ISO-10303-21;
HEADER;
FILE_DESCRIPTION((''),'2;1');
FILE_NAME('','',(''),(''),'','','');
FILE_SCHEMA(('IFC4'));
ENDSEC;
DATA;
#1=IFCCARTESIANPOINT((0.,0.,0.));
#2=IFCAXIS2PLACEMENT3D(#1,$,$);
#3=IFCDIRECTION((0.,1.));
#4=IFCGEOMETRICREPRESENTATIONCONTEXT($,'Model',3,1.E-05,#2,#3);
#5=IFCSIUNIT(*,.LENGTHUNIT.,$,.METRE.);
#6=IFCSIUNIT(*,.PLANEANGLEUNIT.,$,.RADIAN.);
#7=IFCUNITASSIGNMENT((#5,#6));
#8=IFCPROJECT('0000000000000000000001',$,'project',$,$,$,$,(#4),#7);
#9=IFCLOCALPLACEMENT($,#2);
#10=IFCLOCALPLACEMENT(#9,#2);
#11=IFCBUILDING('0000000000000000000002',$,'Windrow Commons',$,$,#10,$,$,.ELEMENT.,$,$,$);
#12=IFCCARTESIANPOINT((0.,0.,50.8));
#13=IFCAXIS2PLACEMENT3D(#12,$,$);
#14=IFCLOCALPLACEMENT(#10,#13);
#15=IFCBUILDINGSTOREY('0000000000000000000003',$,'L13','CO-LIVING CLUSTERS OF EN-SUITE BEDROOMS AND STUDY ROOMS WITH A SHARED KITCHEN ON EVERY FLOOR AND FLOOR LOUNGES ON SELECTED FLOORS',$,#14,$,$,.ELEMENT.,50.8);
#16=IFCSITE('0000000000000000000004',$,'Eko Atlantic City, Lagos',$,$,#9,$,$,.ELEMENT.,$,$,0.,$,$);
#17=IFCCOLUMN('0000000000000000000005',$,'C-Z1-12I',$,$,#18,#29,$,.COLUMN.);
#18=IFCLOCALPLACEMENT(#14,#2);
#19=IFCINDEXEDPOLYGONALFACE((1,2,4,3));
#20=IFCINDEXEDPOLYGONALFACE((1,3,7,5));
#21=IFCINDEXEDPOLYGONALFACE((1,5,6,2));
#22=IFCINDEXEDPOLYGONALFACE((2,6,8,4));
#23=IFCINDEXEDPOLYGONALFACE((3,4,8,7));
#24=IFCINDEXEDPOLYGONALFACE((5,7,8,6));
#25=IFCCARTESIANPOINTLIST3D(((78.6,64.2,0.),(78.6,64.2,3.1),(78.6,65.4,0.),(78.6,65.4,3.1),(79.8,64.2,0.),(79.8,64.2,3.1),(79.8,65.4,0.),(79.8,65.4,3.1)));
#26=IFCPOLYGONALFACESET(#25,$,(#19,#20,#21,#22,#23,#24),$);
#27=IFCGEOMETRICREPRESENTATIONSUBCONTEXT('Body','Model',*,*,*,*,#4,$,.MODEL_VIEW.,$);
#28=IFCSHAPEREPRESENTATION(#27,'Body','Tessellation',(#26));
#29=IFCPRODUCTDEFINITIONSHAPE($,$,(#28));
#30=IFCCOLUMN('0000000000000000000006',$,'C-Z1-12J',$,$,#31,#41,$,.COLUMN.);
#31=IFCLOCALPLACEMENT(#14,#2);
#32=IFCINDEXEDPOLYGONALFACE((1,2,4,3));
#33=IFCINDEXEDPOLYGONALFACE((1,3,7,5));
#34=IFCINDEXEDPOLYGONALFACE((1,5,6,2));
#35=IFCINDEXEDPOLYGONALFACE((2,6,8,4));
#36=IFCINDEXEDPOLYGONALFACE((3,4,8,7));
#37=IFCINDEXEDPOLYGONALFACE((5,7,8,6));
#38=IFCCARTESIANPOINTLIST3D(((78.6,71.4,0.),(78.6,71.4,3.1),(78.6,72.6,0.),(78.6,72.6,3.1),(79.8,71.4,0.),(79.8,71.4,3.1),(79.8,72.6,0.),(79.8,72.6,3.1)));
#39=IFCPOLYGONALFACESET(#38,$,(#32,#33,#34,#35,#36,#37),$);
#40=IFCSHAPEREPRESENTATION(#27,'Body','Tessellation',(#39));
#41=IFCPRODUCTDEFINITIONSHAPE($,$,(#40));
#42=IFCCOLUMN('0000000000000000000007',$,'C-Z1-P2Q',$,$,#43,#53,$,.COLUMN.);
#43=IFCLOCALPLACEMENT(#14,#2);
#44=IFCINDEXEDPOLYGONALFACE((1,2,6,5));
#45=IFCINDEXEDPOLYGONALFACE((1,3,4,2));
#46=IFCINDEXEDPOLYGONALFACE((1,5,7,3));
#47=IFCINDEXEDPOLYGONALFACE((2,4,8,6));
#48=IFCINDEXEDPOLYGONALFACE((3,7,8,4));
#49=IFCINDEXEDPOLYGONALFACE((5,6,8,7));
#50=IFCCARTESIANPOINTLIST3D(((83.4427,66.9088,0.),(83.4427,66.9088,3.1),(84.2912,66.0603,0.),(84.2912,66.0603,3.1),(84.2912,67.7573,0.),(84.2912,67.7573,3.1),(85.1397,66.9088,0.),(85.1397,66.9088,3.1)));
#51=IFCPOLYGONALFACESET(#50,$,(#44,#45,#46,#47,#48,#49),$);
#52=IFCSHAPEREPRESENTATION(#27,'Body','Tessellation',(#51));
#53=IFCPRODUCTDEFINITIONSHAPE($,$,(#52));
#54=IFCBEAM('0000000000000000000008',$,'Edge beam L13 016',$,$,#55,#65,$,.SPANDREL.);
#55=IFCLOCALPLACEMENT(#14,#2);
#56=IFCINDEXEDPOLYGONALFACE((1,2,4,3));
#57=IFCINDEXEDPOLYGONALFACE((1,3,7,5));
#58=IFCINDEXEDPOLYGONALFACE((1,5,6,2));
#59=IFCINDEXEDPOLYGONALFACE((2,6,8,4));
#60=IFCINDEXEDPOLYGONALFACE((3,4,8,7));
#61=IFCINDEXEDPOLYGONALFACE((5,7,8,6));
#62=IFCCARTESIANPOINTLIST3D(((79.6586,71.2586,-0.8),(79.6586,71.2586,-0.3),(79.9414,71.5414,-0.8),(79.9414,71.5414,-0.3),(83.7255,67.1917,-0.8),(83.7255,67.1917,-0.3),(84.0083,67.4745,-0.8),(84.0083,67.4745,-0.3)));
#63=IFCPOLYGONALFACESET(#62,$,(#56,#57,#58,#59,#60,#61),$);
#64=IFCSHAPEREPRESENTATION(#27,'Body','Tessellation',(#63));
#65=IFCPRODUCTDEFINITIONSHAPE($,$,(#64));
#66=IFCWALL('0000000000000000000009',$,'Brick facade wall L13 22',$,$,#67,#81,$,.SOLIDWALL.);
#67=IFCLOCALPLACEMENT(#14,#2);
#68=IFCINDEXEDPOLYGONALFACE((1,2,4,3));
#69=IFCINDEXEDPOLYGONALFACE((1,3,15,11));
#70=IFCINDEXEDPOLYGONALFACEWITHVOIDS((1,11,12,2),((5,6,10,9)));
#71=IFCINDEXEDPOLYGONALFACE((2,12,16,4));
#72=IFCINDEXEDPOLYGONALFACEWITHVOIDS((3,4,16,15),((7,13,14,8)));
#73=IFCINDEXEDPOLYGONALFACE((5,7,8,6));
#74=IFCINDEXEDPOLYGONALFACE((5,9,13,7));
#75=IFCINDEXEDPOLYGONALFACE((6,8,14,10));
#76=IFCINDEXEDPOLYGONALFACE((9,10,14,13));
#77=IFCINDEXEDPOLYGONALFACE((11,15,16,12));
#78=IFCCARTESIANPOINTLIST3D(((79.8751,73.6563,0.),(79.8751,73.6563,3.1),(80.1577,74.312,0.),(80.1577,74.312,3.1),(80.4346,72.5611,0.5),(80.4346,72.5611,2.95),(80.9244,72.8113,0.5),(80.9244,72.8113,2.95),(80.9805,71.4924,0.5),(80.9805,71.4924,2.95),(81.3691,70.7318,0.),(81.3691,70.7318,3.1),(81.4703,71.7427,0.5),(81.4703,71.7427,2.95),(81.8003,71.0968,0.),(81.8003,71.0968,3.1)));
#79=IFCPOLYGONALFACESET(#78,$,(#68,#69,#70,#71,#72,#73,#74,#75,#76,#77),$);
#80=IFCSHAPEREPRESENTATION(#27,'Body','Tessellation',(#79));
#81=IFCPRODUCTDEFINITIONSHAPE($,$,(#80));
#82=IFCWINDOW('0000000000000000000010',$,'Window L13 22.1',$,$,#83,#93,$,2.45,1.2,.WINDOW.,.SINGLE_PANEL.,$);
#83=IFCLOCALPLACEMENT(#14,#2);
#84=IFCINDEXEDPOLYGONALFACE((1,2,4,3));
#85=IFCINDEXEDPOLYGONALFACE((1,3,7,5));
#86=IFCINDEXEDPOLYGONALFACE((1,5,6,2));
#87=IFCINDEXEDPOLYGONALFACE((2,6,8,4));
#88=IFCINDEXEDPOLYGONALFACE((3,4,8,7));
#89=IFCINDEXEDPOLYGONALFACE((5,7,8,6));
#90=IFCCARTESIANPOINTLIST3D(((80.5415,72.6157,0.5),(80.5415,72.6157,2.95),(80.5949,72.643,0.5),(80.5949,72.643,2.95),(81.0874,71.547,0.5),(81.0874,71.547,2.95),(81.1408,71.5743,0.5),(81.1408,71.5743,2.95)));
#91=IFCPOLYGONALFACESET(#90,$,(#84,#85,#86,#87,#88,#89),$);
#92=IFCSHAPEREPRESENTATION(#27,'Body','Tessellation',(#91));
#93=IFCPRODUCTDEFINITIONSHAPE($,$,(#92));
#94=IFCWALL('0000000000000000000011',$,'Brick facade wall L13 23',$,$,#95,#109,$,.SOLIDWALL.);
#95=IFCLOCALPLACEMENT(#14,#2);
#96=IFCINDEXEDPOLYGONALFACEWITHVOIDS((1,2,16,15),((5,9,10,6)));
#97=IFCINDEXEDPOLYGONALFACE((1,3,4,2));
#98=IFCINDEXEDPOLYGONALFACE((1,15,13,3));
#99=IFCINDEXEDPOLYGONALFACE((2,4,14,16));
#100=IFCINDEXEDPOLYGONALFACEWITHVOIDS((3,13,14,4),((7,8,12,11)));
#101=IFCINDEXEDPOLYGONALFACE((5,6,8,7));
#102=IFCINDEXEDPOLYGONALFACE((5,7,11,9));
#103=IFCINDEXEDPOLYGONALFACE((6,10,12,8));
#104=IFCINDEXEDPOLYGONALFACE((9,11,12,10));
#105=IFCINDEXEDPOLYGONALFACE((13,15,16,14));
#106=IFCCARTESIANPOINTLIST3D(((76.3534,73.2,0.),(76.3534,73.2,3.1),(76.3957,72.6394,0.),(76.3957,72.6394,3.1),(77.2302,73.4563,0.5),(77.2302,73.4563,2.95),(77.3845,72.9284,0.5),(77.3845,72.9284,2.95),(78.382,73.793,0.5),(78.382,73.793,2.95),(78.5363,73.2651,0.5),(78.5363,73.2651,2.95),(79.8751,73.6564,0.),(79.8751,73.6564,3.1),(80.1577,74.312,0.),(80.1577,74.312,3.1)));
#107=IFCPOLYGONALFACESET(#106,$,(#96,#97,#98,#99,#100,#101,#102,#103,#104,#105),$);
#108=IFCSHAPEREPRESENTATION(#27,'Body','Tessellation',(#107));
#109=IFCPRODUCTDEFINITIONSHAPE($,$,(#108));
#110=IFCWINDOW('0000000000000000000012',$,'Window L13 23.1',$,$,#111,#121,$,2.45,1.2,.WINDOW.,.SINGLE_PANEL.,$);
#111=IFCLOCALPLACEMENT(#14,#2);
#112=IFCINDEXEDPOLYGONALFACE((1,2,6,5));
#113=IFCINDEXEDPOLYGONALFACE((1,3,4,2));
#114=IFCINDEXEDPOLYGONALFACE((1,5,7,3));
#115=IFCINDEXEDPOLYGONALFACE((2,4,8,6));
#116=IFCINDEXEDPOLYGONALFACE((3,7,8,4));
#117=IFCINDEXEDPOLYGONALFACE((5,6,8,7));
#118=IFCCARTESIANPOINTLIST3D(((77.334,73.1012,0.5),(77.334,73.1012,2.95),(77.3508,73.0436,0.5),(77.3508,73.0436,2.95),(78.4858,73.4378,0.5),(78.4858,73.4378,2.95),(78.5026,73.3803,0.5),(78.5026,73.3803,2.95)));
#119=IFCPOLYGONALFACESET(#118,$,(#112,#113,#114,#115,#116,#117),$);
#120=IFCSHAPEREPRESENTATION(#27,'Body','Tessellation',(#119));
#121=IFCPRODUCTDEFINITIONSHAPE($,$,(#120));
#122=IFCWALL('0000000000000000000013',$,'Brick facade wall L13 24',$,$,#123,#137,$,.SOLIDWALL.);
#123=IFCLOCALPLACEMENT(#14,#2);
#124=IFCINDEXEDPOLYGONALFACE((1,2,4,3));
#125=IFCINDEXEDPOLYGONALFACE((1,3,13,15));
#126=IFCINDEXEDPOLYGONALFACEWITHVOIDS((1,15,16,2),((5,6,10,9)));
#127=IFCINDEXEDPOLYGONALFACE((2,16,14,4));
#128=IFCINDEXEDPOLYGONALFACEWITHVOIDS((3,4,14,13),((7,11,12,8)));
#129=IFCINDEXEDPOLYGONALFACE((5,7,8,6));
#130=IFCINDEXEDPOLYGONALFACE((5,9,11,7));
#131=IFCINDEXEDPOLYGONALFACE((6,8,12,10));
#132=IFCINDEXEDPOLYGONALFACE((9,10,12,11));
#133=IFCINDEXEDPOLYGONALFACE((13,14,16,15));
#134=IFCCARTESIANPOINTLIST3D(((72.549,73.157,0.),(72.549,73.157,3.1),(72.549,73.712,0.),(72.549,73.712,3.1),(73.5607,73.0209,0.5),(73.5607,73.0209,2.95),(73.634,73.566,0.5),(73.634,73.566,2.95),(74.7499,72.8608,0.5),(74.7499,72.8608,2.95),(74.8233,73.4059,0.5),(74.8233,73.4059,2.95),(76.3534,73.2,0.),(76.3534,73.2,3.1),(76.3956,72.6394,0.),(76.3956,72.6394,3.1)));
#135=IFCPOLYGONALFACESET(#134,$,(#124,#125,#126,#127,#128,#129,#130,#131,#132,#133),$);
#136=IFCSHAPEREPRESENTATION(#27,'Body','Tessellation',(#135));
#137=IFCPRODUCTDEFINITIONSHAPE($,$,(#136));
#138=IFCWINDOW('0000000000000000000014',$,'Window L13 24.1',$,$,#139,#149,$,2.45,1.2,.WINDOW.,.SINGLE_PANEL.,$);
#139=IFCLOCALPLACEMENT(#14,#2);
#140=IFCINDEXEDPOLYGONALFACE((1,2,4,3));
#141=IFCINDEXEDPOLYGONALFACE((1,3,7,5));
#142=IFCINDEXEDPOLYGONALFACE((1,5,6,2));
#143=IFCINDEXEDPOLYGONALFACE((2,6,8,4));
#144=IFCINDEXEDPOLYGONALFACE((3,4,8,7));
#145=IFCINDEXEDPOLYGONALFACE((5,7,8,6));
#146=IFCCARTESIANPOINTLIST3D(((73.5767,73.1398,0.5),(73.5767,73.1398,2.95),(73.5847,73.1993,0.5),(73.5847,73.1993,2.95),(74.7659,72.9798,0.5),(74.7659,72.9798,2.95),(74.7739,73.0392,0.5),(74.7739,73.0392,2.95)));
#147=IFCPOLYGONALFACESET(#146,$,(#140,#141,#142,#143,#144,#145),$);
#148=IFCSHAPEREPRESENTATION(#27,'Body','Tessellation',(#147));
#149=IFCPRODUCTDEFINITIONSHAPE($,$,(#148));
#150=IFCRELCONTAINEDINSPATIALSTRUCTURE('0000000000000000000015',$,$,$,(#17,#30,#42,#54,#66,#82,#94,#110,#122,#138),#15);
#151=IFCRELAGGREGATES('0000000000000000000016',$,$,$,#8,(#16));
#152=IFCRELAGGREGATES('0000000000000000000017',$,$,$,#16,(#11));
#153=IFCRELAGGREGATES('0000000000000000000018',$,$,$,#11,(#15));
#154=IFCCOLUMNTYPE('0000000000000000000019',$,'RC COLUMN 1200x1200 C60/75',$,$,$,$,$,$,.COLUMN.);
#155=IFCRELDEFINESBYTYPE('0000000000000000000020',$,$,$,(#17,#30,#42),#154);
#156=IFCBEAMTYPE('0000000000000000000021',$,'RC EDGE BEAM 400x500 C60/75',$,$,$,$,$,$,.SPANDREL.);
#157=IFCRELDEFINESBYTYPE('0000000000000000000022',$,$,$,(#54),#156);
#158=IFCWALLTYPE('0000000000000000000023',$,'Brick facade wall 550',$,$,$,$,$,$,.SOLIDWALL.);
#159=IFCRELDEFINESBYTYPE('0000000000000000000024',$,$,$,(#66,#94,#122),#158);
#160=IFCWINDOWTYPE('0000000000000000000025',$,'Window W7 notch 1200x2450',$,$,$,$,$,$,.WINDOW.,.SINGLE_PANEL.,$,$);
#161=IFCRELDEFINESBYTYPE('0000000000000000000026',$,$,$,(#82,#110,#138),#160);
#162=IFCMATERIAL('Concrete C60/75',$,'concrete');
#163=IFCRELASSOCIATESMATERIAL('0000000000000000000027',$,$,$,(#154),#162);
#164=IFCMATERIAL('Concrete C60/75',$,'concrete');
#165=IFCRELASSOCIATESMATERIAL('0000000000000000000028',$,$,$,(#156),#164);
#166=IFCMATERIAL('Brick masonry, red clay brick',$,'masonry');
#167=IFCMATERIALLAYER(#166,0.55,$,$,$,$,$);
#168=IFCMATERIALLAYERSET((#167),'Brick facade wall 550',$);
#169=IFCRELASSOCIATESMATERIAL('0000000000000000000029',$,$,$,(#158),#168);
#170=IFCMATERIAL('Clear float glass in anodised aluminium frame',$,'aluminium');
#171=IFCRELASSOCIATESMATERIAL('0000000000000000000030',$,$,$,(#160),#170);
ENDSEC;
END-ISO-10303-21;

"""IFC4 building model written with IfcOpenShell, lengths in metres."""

from ifc_helpers import new_model, si_unit, direction, frame, frame_2d, origin, origin_2d, place, context, subcontext, project, spatial, polyline, rectangle, outline, extrude, material, layer, layer_set, material_profile, profile_set, type_object, element, fill, save


model = new_model("IFC4")

# Units and contexts
model_context = context("Model", 3, precision=1e-05, world=origin(), true_north=direction((0.0, 1.0)))
body_context = subcontext(model_context, "Body", "Model", "MODEL_VIEW")
ifc_project = project(units=[si_unit("LENGTHUNIT", "METRE"), si_unit("PLANEANGLEUNIT", "RADIAN")], contexts=[model_context])

# Site, building, storey
site_placement = place(None, origin())
site = spatial("IfcSite", under=ifc_project, at=site_placement, Name="Eko Atlantic City, Lagos", CompositionType="ELEMENT", RefElevation=0.0)
building_placement = place(site_placement, origin())
building = spatial("IfcBuilding", under=site, at=building_placement, Name="Windrow Commons", CompositionType="ELEMENT")
storey_placement = place(building_placement, frame((0.0, 0.0, 50.8)))
storey = spatial("IfcBuildingStorey", under=building, at=storey_placement, Name="L13", Description="CO-LIVING CLUSTERS OF EN-SUITE BEDROOMS AND STUDY ROOMS WITH A SHARED KITCHEN ON EVERY FLOOR AND FLOOR LOUNGES ON SELECTED FLOORS", CompositionType="ELEMENT", Elevation=50.8)

# Columns
ifc_material_1 = material(Name="Concrete C60/75", Category="concrete")
ifc_material_profile_1 = material_profile(ifc_material_1, rectangle(XDim=1.2, YDim=1.2, at=origin_2d()))
ifc_profile_set_1 = profile_set([ifc_material_profile_1], Name="Concrete C60/75")
column_type = type_object("IfcColumnType", Name="RC COLUMN 1200x1200 C60/75", PredefinedType="COLUMN", material=ifc_profile_set_1)
for number, where, z_axis, x_axis, name in (
    (1, (79.2, 64.8, 0.0), (0.0, 0.0, 1.0), (1.0, 0.0, 0.0), "C-Z1-12I"),
    (2, (79.2, 72.0, 0.0), (0.0, 0.0, 1.0), (1.0, 0.0, 0.0), "C-Z1-12J"),
    (3, (84.2912, 66.9088, 0.0), (0.0, 0.0, 1.0), (0.707107, -0.707107, 0.0), "C-Z1-P2Q"),
):
    element("IfcColumn", number, at=place(storey_placement, frame(where, z_axis=z_axis, x_axis=x_axis)), inside=storey, type_object=column_type, Name=name, PredefinedType="COLUMN", context=body_context, shape_type="SweptSolid", body=[
        extrude(rectangle(XDim=1.2, YDim=1.2, at=origin_2d()), origin(), (0.0, 0.0, 1.0), 3.1),
    ])

# Beam
ifc_material_2 = material(Name="Concrete C60/75", Category="concrete")
ifc_material_profile_2 = material_profile(ifc_material_2, rectangle(XDim=0.4, YDim=0.5, at=origin_2d()))
ifc_profile_set_2 = profile_set([ifc_material_profile_2], Name="Concrete C60/75")
beam_type = type_object("IfcBeamType", Name="RC EDGE BEAM 400x500 C60/75", PredefinedType="SPANDREL", material=ifc_profile_set_2)
beam_placement = place(storey_placement, frame((79.8, 71.4, -0.55), z_axis=(0.707107, -0.707107, 0.0), x_axis=(0.707107, 0.707107, 0.0)))
element("IfcBeam", 4, at=beam_placement, inside=storey, type_object=beam_type, Name="Edge beam L13 016", PredefinedType="SPANDREL", context=body_context, shape_type="SweptSolid", body=[
    extrude(rectangle(XDim=0.4, YDim=0.5, at=origin_2d()), origin(), (0.0, 0.0, 1.0), 5.7515),
])

# Walls, openings, windows
ifc_material_3 = material(Name="Brick masonry, red clay brick", Category="masonry")
ifc_layer_1 = layer(ifc_material_3, 0.55)
ifc_layer_set_1 = layer_set([ifc_layer_1], Name="Brick facade wall 550")
wall_type_1 = type_object("IfcWallType", Name="Brick facade wall 550", PredefinedType="SOLIDWALL", material=ifc_layer_set_1)
wall_1_placement = place(storey_placement, frame((81.5847, 70.9143, 0.0), z_axis=(0.0, 0.0, 1.0), x_axis=(-0.454936, 0.890524, 0.0)))
wall_1 = element("IfcWall", 5, at=wall_1_placement, inside=storey, type_object=wall_type_1, Name="Brick facade wall L13 22", PredefinedType="SOLIDWALL", context=body_context, shape_type="SweptSolid", body=[
    extrude(outline(polyline([(0.0645, -0.275), (3.6749, -0.275), (3.2196, 0.275), (-0.0645, 0.275), (0.0645, -0.275)])), origin(), (0.0, 0.0, 1.0), 3.1),
])
opening_1_placement = place(wall_1_placement, frame((0.7897, 0.0, 0.5)))
opening_1 = element("IfcOpeningElement", 6, at=opening_1_placement, cuts=wall_1, PredefinedType="OPENING", context=body_context, shape_type="SweptSolid", body=[
    extrude(rectangle(XDim=1.2, YDim=2.45, at=frame_2d((0.6, 1.225))), frame((0.0, 0.285, 0.0), z_axis=(0.0, -1.0, 0.0), x_axis=(1.0, 0.0, 0.0)), (0.0, 0.0, 1.0), 0.57),
])
ifc_material_4 = material(Name="Clear float glass in anodised aluminium frame", Category="aluminium")
window_type = type_object("IfcWindowType", Name="Window W7 notch 1200x2450", PartitioningType="SINGLE_PANEL", PredefinedType="WINDOW", material=ifc_material_4)
window_1_placement = place(opening_1_placement, origin())
window_1 = element("IfcWindow", 7, at=window_1_placement, inside=storey, type_object=window_type, Name="Window L13 22.1", OverallHeight=2.45, OverallWidth=1.2, PartitioningType="SINGLE_PANEL", PredefinedType="WINDOW", context=body_context, shape_type="SweptSolid", body=[
    extrude(rectangle(XDim=1.2, YDim=2.45, at=frame_2d((0.6, 1.225))), frame((0.0, 0.155, 0.0), z_axis=(0.0, -1.0, 0.0), x_axis=(1.0, 0.0, 0.0)), (0.0, 0.0, 1.0), 0.06),
])
fill(opening_1, window_1)
wall_2_placement = place(storey_placement, frame((80.0164, 73.9842, 0.0), z_axis=(0.0, 0.0, 1.0), x_axis=(-0.959838, -0.280554, 0.0)))
wall_2 = element("IfcWall", 8, at=wall_2_placement, inside=storey, type_object=wall_type_1, Name="Brick facade wall L13 23", PredefinedType="SOLIDWALL", context=body_context, shape_type="SweptSolid", body=[
    extrude(outline(polyline([(-0.2276, -0.275), (3.7359, -0.275), (3.8526, 0.275), (0.2276, 0.275), (-0.2276, -0.275)])), origin(), (0.0, 0.0, 1.0), 3.1),
])
opening_2_placement = place(wall_2_placement, frame((1.6224, 0.0, 0.5)))
opening_2 = element("IfcOpeningElement", 9, at=opening_2_placement, cuts=wall_2, PredefinedType="OPENING", context=body_context, shape_type="SweptSolid", body=[
    extrude(rectangle(XDim=1.2, YDim=2.45, at=frame_2d((0.6, 1.225))), frame((0.0, 0.285, 0.0), z_axis=(0.0, -1.0, 0.0), x_axis=(1.0, 0.0, 0.0)), (0.0, 0.0, 1.0), 0.57),
])
window_2_placement = place(opening_2_placement, origin())
window_2 = element("IfcWindow", 10, at=window_2_placement, inside=storey, type_object=window_type, Name="Window L13 23.1", OverallHeight=2.45, OverallWidth=1.2, PartitioningType="SINGLE_PANEL", PredefinedType="WINDOW", context=body_context, shape_type="SweptSolid", body=[
    extrude(rectangle(XDim=1.2, YDim=2.45, at=frame_2d((0.6, 1.225))), frame((0.0, 0.155, 0.0), z_axis=(0.0, -1.0, 0.0), x_axis=(1.0, 0.0, 0.0)), (0.0, 0.0, 1.0), 0.06),
])
fill(opening_2, window_2)
wall_3_placement = place(storey_placement, frame((76.3745, 72.9197, 0.0), z_axis=(0.0, 0.0, 1.0), x_axis=(-0.991067, 0.133368, 0.0)))
wall_3 = element("IfcWall", 11, at=wall_3_placement, inside=storey, type_object=wall_type_1, Name="Brick facade wall L13 24", PredefinedType="SOLIDWALL", context=body_context, shape_type="SweptSolid", body=[
    extrude(outline(polyline([(0.0583, -0.275), (3.897, -0.275), (3.823, 0.275), (-0.0583, 0.275), (0.0583, -0.275)])), origin(), (0.0, 0.0, 1.0), 3.1),
])
opening_3_placement = place(wall_3_placement, frame((1.6022, 0.0, 0.5)))
opening_3 = element("IfcOpeningElement", 12, at=opening_3_placement, cuts=wall_3, PredefinedType="OPENING", context=body_context, shape_type="SweptSolid", body=[
    extrude(rectangle(XDim=1.2, YDim=2.45, at=frame_2d((0.6, 1.225))), frame((0.0, 0.285, 0.0), z_axis=(0.0, -1.0, 0.0), x_axis=(1.0, 0.0, 0.0)), (0.0, 0.0, 1.0), 0.57),
])
window_3_placement = place(opening_3_placement, origin())
window_3 = element("IfcWindow", 13, at=window_3_placement, inside=storey, type_object=window_type, Name="Window L13 24.1", OverallHeight=2.45, OverallWidth=1.2, PartitioningType="SINGLE_PANEL", PredefinedType="WINDOW", context=body_context, shape_type="SweptSolid", body=[
    extrude(rectangle(XDim=1.2, YDim=2.45, at=frame_2d((0.6, 1.225))), frame((0.0, 0.155, 0.0), z_axis=(0.0, -1.0, 0.0), x_axis=(1.0, 0.0, 0.0)), (0.0, 0.0, 1.0), 0.06),
])
fill(opening_3, window_3)

save(model, "model.ifc")
